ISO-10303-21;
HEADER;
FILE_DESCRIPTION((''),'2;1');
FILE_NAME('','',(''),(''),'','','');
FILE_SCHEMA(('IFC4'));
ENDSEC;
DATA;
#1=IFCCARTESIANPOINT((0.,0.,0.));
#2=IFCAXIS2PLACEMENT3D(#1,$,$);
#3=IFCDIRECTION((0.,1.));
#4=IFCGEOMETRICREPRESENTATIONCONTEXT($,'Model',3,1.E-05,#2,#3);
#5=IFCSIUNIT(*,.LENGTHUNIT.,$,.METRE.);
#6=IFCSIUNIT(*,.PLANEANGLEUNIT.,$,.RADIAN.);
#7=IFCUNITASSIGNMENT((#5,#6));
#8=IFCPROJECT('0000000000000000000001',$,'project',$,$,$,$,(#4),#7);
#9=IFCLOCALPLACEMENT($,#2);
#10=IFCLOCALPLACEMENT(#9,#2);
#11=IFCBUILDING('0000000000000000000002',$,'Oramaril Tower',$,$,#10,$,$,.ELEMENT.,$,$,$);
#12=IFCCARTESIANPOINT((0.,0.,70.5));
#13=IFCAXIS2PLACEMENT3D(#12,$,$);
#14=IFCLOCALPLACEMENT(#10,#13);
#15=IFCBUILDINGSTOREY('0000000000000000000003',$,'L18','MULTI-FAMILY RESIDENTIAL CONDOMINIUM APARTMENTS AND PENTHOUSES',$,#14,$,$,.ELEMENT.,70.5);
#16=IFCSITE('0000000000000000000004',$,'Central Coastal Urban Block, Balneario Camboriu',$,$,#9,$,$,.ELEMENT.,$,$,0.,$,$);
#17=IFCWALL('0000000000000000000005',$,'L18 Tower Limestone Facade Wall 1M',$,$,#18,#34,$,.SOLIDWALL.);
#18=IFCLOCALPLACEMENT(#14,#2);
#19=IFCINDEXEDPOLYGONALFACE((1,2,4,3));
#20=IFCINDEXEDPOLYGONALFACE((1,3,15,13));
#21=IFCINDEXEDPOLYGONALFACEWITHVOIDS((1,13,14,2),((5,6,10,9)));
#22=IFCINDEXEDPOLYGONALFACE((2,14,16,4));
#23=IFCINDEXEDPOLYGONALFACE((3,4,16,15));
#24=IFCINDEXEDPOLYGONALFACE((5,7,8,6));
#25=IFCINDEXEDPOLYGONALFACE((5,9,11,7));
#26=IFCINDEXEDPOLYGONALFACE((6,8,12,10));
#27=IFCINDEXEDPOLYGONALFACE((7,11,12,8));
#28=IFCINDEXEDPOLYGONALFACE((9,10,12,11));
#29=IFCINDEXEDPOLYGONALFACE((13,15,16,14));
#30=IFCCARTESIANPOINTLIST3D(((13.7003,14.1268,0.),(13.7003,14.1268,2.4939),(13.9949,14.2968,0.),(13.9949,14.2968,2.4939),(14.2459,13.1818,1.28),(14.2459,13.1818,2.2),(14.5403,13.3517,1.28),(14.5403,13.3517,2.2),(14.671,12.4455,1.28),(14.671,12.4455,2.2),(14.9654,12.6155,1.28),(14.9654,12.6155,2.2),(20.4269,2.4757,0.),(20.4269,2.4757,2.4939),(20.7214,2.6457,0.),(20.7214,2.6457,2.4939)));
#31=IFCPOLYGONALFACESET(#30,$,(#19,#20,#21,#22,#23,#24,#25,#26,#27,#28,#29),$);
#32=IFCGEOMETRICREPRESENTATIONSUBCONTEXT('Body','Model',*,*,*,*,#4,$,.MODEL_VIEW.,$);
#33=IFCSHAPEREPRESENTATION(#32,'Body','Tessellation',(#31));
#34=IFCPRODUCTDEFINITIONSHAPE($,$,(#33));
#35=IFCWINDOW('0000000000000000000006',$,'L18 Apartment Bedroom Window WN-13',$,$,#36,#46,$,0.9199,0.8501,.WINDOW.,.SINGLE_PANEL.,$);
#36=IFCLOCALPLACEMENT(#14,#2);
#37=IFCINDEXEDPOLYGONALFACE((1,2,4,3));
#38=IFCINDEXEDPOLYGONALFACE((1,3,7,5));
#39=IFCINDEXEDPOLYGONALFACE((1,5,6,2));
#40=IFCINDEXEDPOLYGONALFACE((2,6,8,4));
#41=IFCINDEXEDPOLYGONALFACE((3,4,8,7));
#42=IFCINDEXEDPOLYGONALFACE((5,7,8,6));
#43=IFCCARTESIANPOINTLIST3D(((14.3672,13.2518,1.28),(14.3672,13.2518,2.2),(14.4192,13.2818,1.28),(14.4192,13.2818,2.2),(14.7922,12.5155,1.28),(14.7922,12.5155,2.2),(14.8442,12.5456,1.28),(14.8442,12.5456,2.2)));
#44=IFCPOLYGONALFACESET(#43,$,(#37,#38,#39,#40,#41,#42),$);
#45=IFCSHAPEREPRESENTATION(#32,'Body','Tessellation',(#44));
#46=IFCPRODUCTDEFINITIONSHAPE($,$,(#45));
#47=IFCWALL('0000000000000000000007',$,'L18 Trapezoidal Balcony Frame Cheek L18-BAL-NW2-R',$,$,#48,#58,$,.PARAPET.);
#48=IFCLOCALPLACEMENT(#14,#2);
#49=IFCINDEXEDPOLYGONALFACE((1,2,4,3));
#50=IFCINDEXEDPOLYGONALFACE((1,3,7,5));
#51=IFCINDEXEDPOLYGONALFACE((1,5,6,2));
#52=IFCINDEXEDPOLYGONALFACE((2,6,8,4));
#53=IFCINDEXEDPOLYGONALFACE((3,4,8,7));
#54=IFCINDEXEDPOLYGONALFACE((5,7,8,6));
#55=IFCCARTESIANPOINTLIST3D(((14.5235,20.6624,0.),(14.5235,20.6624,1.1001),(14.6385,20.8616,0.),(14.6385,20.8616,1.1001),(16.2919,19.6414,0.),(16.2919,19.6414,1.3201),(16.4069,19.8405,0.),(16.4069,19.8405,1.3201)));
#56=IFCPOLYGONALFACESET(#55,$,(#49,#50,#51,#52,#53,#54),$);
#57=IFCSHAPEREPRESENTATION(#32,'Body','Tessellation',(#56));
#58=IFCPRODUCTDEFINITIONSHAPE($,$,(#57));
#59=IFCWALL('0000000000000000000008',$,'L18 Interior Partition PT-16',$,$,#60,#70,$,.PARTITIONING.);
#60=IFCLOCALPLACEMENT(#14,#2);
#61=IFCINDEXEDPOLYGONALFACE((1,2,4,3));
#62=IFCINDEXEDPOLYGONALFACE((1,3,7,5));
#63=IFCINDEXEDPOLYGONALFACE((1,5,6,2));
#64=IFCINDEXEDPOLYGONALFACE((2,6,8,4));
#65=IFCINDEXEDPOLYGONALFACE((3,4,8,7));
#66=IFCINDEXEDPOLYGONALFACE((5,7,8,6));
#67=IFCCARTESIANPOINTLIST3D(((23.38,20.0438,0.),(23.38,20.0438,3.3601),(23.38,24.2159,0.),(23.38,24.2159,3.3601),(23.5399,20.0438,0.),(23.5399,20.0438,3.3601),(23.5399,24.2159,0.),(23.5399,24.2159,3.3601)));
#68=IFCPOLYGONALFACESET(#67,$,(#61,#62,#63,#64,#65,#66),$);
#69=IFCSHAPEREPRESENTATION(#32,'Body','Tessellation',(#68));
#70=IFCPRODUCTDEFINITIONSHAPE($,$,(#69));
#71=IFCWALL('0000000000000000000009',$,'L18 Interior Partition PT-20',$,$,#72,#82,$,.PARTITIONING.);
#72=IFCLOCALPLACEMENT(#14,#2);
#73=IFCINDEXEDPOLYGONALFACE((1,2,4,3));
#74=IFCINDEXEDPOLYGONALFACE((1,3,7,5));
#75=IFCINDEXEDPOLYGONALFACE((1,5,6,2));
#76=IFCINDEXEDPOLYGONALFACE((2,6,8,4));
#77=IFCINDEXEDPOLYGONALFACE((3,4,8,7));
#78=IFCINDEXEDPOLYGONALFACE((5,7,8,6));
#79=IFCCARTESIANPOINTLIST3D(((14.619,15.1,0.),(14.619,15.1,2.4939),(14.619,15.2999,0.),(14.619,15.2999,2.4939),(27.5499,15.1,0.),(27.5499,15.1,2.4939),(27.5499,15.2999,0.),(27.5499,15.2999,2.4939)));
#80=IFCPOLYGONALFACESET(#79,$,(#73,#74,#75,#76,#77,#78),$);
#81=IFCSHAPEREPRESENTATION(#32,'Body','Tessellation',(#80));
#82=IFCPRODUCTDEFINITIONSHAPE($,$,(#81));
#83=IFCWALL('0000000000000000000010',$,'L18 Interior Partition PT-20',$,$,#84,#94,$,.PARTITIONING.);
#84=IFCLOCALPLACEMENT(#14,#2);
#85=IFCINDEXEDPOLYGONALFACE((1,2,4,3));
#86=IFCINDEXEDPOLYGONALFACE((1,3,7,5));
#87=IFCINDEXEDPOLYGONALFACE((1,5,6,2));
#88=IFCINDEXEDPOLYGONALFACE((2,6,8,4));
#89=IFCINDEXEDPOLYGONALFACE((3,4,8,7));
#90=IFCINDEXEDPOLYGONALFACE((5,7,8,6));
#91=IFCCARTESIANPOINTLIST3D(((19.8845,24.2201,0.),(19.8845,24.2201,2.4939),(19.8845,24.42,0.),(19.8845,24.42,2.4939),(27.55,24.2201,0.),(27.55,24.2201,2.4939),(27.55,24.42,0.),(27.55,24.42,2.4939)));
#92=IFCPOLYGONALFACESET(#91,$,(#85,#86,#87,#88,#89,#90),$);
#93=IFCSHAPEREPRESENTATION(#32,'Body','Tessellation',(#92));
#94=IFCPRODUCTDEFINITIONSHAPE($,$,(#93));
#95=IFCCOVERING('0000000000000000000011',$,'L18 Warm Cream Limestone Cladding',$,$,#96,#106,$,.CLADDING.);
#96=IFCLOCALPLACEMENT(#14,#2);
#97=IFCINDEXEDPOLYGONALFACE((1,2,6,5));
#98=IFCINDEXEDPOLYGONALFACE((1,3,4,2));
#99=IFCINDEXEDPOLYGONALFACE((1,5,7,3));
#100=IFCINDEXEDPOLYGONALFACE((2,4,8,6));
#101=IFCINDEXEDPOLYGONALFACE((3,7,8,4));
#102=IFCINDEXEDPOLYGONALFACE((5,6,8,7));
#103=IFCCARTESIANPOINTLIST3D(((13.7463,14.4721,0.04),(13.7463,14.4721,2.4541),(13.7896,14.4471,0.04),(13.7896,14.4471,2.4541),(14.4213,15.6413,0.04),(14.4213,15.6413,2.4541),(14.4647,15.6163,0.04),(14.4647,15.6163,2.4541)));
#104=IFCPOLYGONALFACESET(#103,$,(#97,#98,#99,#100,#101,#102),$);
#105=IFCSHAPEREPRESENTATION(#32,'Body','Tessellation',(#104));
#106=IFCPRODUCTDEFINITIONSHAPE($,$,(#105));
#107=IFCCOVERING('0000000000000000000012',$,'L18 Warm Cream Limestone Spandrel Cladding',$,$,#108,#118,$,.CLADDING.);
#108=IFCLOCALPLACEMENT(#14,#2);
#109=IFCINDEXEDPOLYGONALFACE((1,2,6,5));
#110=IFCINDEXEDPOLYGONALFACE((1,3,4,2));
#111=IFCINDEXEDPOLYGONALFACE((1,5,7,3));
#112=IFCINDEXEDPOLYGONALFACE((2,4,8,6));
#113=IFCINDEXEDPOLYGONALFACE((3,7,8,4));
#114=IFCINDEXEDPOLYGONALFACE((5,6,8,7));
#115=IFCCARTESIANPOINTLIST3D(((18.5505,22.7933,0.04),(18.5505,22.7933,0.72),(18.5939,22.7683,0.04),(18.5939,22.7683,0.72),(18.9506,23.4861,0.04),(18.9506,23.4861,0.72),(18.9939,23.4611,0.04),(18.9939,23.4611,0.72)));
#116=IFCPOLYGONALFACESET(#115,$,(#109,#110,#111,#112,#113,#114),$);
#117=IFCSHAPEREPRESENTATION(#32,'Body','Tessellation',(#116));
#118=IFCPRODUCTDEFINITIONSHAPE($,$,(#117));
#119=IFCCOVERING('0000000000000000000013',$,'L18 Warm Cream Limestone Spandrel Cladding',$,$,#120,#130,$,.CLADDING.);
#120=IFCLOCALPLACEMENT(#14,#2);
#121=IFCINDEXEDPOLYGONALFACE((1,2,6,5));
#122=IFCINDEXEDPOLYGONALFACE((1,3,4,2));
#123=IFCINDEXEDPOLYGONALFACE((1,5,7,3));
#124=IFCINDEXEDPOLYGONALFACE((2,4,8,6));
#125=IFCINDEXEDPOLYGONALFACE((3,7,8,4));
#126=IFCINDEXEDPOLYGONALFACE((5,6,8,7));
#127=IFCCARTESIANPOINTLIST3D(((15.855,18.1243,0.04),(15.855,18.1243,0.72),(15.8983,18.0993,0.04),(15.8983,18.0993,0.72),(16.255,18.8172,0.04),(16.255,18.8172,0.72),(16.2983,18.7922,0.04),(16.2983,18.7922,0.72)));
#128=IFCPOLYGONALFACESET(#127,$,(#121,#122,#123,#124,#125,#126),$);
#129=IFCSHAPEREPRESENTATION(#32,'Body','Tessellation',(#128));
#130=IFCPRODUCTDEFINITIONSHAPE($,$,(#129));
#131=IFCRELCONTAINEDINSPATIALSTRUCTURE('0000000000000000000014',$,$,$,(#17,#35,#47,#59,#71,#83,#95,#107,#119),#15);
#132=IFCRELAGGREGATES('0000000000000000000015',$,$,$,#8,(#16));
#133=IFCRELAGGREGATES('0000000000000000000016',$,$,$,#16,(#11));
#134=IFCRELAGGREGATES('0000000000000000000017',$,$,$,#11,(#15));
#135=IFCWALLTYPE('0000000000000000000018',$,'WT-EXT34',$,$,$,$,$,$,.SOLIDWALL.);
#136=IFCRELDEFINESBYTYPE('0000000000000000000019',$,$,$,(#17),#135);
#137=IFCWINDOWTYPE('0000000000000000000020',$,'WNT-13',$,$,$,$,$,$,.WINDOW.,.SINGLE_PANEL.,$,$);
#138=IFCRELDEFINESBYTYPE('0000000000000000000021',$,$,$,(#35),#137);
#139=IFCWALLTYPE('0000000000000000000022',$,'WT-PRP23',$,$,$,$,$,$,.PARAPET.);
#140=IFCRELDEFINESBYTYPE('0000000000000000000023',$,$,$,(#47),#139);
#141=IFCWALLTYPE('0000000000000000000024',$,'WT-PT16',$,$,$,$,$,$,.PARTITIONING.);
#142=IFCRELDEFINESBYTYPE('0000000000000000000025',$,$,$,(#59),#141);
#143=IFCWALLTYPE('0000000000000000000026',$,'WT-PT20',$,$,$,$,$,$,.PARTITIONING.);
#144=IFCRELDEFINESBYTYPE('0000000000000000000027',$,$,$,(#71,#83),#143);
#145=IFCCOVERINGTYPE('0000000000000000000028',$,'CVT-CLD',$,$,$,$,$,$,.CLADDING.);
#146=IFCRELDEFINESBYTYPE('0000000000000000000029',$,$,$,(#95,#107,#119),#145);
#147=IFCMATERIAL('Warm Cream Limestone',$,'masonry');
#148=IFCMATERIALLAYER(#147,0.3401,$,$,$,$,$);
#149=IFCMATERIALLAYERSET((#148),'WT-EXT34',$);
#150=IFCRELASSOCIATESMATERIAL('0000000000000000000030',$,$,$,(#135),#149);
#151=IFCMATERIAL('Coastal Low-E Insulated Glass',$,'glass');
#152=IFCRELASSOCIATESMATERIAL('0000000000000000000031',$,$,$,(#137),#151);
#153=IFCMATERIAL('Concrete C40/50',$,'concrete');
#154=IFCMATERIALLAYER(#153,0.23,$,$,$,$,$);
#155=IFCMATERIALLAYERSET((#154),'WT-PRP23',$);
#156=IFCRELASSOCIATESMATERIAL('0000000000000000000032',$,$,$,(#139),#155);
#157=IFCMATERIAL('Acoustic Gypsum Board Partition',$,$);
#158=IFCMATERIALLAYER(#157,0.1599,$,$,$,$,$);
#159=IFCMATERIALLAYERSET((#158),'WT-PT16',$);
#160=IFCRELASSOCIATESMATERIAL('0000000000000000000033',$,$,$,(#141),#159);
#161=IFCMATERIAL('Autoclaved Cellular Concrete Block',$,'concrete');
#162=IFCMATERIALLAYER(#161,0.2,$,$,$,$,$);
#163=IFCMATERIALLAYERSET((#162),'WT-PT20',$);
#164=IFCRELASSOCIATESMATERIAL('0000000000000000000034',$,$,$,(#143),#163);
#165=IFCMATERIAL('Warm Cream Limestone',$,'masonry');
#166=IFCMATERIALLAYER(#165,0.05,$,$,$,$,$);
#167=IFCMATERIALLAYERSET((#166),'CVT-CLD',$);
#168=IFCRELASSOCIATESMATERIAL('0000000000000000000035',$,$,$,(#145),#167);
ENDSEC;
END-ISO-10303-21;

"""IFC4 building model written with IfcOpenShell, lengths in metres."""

from ifc_helpers import new_model, si_unit, direction, frame, frame_2d, origin, origin_2d, place, context, subcontext, project, spatial, polyline, rectangle, outline, extrude, material, layer, layer_set, type_object, element, fill, save


model = new_model("IFC4")

# Units and contexts
model_context = context("Model", 3, precision=1e-05, world=origin(), true_north=direction((0.0, 1.0)))
body_context = subcontext(model_context, "Body", "Model", "MODEL_VIEW")
ifc_project = project(units=[si_unit("LENGTHUNIT", "METRE"), si_unit("PLANEANGLEUNIT", "RADIAN")], contexts=[model_context])

# Site, building, storey
site_placement = place(None, origin())
site = spatial("IfcSite", under=ifc_project, at=site_placement, Name="Central Coastal Urban Block, Balneario Camboriu", CompositionType="ELEMENT", RefElevation=0.0)
building_placement = place(site_placement, origin())
building = spatial("IfcBuilding", under=site, at=building_placement, Name="Oramaril Tower", CompositionType="ELEMENT")
storey_placement = place(building_placement, frame((0.0, 0.0, 70.5)))
storey = spatial("IfcBuildingStorey", under=building, at=storey_placement, Name="L18", Description="MULTI-FAMILY RESIDENTIAL CONDOMINIUM APARTMENTS AND PENTHOUSES", CompositionType="ELEMENT", Elevation=70.5)

# Wall, opening, window
ifc_material_1 = material(Name="Warm Cream Limestone", Category="masonry")
ifc_layer_1 = layer(ifc_material_1, 0.3401)
ifc_layer_set_1 = layer_set([ifc_layer_1], Name="WT-EXT34")
wall_type_1 = type_object("IfcWallType", Name="WT-EXT34", PredefinedType="SOLIDWALL", material=ifc_layer_set_1)
wall_1_placement = place(storey_placement, frame((13.8477, 14.2117, 0.0), z_axis=(0.0, 0.0, 1.0), x_axis=(0.499988, -0.866032, 0.0)))
wall_1 = element("IfcWall", 1, at=wall_1_placement, inside=storey, type_object=wall_type_1, Name="L18 Tower Limestone Facade Wall 1M", PredefinedType="SOLIDWALL", context=body_context, shape_type="SweptSolid", body=[
    extrude(rectangle(XDim=13.4534, YDim=0.3401, at=frame_2d((6.7266, 0.0))), origin(), (0.0, 0.0, 1.0), 2.4939),
])
opening_1_placement = place(wall_1_placement, frame((1.0911, 0.0, 1.28)))
opening_1 = element("IfcOpeningElement", 2, at=opening_1_placement, cuts=wall_1, PredefinedType="OPENING", context=body_context, shape_type="SweptSolid", body=[
    extrude(rectangle(XDim=0.8501, YDim=0.9199, at=frame_2d((0.425, 0.46))), frame((0.0, 0.1699, 0.0), z_axis=(0.0, -1.0, 0.0), x_axis=(1.0, 0.0, 0.0)), (0.0, 0.0, 1.0), 0.3401),
])
ifc_material_2 = material(Name="Coastal Low-E Insulated Glass", Category="glass")
window_type = type_object("IfcWindowType", Name="WNT-13", PartitioningType="SINGLE_PANEL", PredefinedType="WINDOW", material=ifc_material_2)
window_placement = place(opening_1_placement, origin())
window = element("IfcWindow", 3, at=window_placement, inside=storey, type_object=window_type, Name="L18 Apartment Bedroom Window WN-13", OverallHeight=0.9199, OverallWidth=0.8501, PartitioningType="SINGLE_PANEL", PredefinedType="WINDOW", context=body_context, shape_type="SweptSolid", body=[
    extrude(rectangle(XDim=0.8501, YDim=0.9199, at=frame_2d((0.425, 0.46))), frame((0.0, 0.03, 0.0), z_axis=(0.0, -1.0, 0.0), x_axis=(1.0, 0.0, 0.0)), (0.0, 0.0, 1.0), 0.0601),
])
fill(opening_1, window)

# Wall
ifc_material_3 = material(Name="Concrete C40/50", Category="concrete")
ifc_layer_2 = layer(ifc_material_3, 0.23)
ifc_layer_set_2 = layer_set([ifc_layer_2], Name="WT-PRP23")
wall_type_2 = type_object("IfcWallType", Name="WT-PRP23", PredefinedType="PARAPET", material=ifc_layer_set_2)
wall_2_placement = place(storey_placement, frame((16.3494, 19.741, 0.0), z_axis=(0.0, 0.0, 1.0), x_axis=(-0.866012, 0.500023, 0.0)))
element("IfcWall", 4, at=wall_2_placement, inside=storey, type_object=wall_type_2, Name="L18 Trapezoidal Balcony Frame Cheek L18-BAL-NW2-R", PredefinedType="PARAPET", context=body_context, shape_type="SweptSolid", body=[
    extrude(outline(polyline([(0.0, 0.0), (2.042, 0.0), (2.042, 1.1001), (0.0, 1.3201), (0.0, 0.0)])), frame((0.0, 0.115, 0.0), z_axis=(0.0, -1.0, 0.0), x_axis=(1.0, 0.0, 0.0)), (0.0, 0.0, 1.0), 0.23),
])

# Walls
ifc_material_4 = material(Name="Acoustic Gypsum Board Partition")
ifc_layer_3 = layer(ifc_material_4, 0.1599)
ifc_layer_set_3 = layer_set([ifc_layer_3], Name="WT-PT16")
wall_type_3 = type_object("IfcWallType", Name="WT-PT16", PredefinedType="PARTITIONING", material=ifc_layer_set_3)
wall_3_placement = place(storey_placement, frame((23.46, 20.0439, 0.0), z_axis=(0.0, 0.0, 1.0), x_axis=(0.0, 1.0, 0.0)))
element("IfcWall", 5, at=wall_3_placement, inside=storey, type_object=wall_type_3, Name="L18 Interior Partition PT-16", PredefinedType="PARTITIONING", context=body_context, shape_type="SweptSolid", body=[
    extrude(rectangle(XDim=4.1721, YDim=0.1599, at=frame_2d((2.0859, 0.0))), origin(), (0.0, 0.0, 1.0), 3.3601),
])
ifc_material_5 = material(Name="Autoclaved Cellular Concrete Block", Category="concrete")
ifc_layer_4 = layer(ifc_material_5, 0.2)
ifc_layer_set_4 = layer_set([ifc_layer_4], Name="WT-PT20")
wall_type_4 = type_object("IfcWallType", Name="WT-PT20", PredefinedType="PARTITIONING", material=ifc_layer_set_4)
wall_4_placement = place(storey_placement, frame((14.6191, 15.2, 0.0), z_axis=(0.0, 0.0, 1.0), x_axis=(1.0, 0.0, 0.0)))
element("IfcWall", 6, at=wall_4_placement, inside=storey, type_object=wall_type_4, Name="L18 Interior Partition PT-20", PredefinedType="PARTITIONING", context=body_context, shape_type="SweptSolid", body=[
    extrude(rectangle(XDim=12.9309, YDim=0.2, at=frame_2d((6.4653, 0.0))), origin(), (0.0, 0.0, 1.0), 2.4939),
])
wall_5_placement = place(storey_placement, frame((19.8845, 24.3201, 0.0), z_axis=(0.0, 0.0, 1.0), x_axis=(1.0, 0.0, 0.0)))
element("IfcWall", 7, at=wall_5_placement, inside=storey, type_object=wall_type_4, Name="L18 Interior Partition PT-20", PredefinedType="PARTITIONING", context=body_context, shape_type="SweptSolid", body=[
    extrude(rectangle(XDim=7.6655, YDim=0.2, at=frame_2d((3.8328, 0.0))), origin(), (0.0, 0.0, 1.0), 2.4939),
])

# Coverings
ifc_material_6 = material(Name="Warm Cream Limestone", Category="masonry")
ifc_layer_5 = layer(ifc_material_6, 0.05)
ifc_layer_set_5 = layer_set([ifc_layer_5], Name="CVT-CLD")
covering_type = type_object("IfcCoveringType", Name="CVT-CLD", PredefinedType="CLADDING", material=ifc_layer_set_5)
covering_placement = place(storey_placement, frame((14.1055, 15.0442, 0.04), z_axis=(0.0, 0.0, 1.0), x_axis=(-0.5, -0.866025, 0.0)))
element("IfcCovering", 8, at=covering_placement, inside=storey, type_object=covering_type, Name="L18 Warm Cream Limestone Cladding", PredefinedType="CLADDING", context=body_context, shape_type="SweptSolid", body=[
    extrude(rectangle(XDim=1.3501, YDim=0.05, at=origin_2d()), origin(), (0.0, 0.0, 1.0), 2.4141),
])
for number, where, z_axis, x_axis, name in (
    (9, (18.7722, 23.1272, 0.04), (0.0, 0.0, 1.0), (-0.5, -0.866025, 0.0), "L18 Warm Cream Limestone Spandrel Cladding"),
    (10, (16.0767, 18.4583, 0.04), (0.0, 0.0, 1.0), (-0.5, -0.866025, 0.0), "L18 Warm Cream Limestone Spandrel Cladding"),
):
    element("IfcCovering", number, at=place(storey_placement, frame(where, z_axis=z_axis, x_axis=x_axis)), inside=storey, type_object=covering_type, Name=name, PredefinedType="CLADDING", context=body_context, shape_type="SweptSolid", body=[
        extrude(rectangle(XDim=0.8, YDim=0.05, at=origin_2d()), origin(), (0.0, 0.0, 1.0), 0.6799),
    ])

save(model, "model.ifc")
